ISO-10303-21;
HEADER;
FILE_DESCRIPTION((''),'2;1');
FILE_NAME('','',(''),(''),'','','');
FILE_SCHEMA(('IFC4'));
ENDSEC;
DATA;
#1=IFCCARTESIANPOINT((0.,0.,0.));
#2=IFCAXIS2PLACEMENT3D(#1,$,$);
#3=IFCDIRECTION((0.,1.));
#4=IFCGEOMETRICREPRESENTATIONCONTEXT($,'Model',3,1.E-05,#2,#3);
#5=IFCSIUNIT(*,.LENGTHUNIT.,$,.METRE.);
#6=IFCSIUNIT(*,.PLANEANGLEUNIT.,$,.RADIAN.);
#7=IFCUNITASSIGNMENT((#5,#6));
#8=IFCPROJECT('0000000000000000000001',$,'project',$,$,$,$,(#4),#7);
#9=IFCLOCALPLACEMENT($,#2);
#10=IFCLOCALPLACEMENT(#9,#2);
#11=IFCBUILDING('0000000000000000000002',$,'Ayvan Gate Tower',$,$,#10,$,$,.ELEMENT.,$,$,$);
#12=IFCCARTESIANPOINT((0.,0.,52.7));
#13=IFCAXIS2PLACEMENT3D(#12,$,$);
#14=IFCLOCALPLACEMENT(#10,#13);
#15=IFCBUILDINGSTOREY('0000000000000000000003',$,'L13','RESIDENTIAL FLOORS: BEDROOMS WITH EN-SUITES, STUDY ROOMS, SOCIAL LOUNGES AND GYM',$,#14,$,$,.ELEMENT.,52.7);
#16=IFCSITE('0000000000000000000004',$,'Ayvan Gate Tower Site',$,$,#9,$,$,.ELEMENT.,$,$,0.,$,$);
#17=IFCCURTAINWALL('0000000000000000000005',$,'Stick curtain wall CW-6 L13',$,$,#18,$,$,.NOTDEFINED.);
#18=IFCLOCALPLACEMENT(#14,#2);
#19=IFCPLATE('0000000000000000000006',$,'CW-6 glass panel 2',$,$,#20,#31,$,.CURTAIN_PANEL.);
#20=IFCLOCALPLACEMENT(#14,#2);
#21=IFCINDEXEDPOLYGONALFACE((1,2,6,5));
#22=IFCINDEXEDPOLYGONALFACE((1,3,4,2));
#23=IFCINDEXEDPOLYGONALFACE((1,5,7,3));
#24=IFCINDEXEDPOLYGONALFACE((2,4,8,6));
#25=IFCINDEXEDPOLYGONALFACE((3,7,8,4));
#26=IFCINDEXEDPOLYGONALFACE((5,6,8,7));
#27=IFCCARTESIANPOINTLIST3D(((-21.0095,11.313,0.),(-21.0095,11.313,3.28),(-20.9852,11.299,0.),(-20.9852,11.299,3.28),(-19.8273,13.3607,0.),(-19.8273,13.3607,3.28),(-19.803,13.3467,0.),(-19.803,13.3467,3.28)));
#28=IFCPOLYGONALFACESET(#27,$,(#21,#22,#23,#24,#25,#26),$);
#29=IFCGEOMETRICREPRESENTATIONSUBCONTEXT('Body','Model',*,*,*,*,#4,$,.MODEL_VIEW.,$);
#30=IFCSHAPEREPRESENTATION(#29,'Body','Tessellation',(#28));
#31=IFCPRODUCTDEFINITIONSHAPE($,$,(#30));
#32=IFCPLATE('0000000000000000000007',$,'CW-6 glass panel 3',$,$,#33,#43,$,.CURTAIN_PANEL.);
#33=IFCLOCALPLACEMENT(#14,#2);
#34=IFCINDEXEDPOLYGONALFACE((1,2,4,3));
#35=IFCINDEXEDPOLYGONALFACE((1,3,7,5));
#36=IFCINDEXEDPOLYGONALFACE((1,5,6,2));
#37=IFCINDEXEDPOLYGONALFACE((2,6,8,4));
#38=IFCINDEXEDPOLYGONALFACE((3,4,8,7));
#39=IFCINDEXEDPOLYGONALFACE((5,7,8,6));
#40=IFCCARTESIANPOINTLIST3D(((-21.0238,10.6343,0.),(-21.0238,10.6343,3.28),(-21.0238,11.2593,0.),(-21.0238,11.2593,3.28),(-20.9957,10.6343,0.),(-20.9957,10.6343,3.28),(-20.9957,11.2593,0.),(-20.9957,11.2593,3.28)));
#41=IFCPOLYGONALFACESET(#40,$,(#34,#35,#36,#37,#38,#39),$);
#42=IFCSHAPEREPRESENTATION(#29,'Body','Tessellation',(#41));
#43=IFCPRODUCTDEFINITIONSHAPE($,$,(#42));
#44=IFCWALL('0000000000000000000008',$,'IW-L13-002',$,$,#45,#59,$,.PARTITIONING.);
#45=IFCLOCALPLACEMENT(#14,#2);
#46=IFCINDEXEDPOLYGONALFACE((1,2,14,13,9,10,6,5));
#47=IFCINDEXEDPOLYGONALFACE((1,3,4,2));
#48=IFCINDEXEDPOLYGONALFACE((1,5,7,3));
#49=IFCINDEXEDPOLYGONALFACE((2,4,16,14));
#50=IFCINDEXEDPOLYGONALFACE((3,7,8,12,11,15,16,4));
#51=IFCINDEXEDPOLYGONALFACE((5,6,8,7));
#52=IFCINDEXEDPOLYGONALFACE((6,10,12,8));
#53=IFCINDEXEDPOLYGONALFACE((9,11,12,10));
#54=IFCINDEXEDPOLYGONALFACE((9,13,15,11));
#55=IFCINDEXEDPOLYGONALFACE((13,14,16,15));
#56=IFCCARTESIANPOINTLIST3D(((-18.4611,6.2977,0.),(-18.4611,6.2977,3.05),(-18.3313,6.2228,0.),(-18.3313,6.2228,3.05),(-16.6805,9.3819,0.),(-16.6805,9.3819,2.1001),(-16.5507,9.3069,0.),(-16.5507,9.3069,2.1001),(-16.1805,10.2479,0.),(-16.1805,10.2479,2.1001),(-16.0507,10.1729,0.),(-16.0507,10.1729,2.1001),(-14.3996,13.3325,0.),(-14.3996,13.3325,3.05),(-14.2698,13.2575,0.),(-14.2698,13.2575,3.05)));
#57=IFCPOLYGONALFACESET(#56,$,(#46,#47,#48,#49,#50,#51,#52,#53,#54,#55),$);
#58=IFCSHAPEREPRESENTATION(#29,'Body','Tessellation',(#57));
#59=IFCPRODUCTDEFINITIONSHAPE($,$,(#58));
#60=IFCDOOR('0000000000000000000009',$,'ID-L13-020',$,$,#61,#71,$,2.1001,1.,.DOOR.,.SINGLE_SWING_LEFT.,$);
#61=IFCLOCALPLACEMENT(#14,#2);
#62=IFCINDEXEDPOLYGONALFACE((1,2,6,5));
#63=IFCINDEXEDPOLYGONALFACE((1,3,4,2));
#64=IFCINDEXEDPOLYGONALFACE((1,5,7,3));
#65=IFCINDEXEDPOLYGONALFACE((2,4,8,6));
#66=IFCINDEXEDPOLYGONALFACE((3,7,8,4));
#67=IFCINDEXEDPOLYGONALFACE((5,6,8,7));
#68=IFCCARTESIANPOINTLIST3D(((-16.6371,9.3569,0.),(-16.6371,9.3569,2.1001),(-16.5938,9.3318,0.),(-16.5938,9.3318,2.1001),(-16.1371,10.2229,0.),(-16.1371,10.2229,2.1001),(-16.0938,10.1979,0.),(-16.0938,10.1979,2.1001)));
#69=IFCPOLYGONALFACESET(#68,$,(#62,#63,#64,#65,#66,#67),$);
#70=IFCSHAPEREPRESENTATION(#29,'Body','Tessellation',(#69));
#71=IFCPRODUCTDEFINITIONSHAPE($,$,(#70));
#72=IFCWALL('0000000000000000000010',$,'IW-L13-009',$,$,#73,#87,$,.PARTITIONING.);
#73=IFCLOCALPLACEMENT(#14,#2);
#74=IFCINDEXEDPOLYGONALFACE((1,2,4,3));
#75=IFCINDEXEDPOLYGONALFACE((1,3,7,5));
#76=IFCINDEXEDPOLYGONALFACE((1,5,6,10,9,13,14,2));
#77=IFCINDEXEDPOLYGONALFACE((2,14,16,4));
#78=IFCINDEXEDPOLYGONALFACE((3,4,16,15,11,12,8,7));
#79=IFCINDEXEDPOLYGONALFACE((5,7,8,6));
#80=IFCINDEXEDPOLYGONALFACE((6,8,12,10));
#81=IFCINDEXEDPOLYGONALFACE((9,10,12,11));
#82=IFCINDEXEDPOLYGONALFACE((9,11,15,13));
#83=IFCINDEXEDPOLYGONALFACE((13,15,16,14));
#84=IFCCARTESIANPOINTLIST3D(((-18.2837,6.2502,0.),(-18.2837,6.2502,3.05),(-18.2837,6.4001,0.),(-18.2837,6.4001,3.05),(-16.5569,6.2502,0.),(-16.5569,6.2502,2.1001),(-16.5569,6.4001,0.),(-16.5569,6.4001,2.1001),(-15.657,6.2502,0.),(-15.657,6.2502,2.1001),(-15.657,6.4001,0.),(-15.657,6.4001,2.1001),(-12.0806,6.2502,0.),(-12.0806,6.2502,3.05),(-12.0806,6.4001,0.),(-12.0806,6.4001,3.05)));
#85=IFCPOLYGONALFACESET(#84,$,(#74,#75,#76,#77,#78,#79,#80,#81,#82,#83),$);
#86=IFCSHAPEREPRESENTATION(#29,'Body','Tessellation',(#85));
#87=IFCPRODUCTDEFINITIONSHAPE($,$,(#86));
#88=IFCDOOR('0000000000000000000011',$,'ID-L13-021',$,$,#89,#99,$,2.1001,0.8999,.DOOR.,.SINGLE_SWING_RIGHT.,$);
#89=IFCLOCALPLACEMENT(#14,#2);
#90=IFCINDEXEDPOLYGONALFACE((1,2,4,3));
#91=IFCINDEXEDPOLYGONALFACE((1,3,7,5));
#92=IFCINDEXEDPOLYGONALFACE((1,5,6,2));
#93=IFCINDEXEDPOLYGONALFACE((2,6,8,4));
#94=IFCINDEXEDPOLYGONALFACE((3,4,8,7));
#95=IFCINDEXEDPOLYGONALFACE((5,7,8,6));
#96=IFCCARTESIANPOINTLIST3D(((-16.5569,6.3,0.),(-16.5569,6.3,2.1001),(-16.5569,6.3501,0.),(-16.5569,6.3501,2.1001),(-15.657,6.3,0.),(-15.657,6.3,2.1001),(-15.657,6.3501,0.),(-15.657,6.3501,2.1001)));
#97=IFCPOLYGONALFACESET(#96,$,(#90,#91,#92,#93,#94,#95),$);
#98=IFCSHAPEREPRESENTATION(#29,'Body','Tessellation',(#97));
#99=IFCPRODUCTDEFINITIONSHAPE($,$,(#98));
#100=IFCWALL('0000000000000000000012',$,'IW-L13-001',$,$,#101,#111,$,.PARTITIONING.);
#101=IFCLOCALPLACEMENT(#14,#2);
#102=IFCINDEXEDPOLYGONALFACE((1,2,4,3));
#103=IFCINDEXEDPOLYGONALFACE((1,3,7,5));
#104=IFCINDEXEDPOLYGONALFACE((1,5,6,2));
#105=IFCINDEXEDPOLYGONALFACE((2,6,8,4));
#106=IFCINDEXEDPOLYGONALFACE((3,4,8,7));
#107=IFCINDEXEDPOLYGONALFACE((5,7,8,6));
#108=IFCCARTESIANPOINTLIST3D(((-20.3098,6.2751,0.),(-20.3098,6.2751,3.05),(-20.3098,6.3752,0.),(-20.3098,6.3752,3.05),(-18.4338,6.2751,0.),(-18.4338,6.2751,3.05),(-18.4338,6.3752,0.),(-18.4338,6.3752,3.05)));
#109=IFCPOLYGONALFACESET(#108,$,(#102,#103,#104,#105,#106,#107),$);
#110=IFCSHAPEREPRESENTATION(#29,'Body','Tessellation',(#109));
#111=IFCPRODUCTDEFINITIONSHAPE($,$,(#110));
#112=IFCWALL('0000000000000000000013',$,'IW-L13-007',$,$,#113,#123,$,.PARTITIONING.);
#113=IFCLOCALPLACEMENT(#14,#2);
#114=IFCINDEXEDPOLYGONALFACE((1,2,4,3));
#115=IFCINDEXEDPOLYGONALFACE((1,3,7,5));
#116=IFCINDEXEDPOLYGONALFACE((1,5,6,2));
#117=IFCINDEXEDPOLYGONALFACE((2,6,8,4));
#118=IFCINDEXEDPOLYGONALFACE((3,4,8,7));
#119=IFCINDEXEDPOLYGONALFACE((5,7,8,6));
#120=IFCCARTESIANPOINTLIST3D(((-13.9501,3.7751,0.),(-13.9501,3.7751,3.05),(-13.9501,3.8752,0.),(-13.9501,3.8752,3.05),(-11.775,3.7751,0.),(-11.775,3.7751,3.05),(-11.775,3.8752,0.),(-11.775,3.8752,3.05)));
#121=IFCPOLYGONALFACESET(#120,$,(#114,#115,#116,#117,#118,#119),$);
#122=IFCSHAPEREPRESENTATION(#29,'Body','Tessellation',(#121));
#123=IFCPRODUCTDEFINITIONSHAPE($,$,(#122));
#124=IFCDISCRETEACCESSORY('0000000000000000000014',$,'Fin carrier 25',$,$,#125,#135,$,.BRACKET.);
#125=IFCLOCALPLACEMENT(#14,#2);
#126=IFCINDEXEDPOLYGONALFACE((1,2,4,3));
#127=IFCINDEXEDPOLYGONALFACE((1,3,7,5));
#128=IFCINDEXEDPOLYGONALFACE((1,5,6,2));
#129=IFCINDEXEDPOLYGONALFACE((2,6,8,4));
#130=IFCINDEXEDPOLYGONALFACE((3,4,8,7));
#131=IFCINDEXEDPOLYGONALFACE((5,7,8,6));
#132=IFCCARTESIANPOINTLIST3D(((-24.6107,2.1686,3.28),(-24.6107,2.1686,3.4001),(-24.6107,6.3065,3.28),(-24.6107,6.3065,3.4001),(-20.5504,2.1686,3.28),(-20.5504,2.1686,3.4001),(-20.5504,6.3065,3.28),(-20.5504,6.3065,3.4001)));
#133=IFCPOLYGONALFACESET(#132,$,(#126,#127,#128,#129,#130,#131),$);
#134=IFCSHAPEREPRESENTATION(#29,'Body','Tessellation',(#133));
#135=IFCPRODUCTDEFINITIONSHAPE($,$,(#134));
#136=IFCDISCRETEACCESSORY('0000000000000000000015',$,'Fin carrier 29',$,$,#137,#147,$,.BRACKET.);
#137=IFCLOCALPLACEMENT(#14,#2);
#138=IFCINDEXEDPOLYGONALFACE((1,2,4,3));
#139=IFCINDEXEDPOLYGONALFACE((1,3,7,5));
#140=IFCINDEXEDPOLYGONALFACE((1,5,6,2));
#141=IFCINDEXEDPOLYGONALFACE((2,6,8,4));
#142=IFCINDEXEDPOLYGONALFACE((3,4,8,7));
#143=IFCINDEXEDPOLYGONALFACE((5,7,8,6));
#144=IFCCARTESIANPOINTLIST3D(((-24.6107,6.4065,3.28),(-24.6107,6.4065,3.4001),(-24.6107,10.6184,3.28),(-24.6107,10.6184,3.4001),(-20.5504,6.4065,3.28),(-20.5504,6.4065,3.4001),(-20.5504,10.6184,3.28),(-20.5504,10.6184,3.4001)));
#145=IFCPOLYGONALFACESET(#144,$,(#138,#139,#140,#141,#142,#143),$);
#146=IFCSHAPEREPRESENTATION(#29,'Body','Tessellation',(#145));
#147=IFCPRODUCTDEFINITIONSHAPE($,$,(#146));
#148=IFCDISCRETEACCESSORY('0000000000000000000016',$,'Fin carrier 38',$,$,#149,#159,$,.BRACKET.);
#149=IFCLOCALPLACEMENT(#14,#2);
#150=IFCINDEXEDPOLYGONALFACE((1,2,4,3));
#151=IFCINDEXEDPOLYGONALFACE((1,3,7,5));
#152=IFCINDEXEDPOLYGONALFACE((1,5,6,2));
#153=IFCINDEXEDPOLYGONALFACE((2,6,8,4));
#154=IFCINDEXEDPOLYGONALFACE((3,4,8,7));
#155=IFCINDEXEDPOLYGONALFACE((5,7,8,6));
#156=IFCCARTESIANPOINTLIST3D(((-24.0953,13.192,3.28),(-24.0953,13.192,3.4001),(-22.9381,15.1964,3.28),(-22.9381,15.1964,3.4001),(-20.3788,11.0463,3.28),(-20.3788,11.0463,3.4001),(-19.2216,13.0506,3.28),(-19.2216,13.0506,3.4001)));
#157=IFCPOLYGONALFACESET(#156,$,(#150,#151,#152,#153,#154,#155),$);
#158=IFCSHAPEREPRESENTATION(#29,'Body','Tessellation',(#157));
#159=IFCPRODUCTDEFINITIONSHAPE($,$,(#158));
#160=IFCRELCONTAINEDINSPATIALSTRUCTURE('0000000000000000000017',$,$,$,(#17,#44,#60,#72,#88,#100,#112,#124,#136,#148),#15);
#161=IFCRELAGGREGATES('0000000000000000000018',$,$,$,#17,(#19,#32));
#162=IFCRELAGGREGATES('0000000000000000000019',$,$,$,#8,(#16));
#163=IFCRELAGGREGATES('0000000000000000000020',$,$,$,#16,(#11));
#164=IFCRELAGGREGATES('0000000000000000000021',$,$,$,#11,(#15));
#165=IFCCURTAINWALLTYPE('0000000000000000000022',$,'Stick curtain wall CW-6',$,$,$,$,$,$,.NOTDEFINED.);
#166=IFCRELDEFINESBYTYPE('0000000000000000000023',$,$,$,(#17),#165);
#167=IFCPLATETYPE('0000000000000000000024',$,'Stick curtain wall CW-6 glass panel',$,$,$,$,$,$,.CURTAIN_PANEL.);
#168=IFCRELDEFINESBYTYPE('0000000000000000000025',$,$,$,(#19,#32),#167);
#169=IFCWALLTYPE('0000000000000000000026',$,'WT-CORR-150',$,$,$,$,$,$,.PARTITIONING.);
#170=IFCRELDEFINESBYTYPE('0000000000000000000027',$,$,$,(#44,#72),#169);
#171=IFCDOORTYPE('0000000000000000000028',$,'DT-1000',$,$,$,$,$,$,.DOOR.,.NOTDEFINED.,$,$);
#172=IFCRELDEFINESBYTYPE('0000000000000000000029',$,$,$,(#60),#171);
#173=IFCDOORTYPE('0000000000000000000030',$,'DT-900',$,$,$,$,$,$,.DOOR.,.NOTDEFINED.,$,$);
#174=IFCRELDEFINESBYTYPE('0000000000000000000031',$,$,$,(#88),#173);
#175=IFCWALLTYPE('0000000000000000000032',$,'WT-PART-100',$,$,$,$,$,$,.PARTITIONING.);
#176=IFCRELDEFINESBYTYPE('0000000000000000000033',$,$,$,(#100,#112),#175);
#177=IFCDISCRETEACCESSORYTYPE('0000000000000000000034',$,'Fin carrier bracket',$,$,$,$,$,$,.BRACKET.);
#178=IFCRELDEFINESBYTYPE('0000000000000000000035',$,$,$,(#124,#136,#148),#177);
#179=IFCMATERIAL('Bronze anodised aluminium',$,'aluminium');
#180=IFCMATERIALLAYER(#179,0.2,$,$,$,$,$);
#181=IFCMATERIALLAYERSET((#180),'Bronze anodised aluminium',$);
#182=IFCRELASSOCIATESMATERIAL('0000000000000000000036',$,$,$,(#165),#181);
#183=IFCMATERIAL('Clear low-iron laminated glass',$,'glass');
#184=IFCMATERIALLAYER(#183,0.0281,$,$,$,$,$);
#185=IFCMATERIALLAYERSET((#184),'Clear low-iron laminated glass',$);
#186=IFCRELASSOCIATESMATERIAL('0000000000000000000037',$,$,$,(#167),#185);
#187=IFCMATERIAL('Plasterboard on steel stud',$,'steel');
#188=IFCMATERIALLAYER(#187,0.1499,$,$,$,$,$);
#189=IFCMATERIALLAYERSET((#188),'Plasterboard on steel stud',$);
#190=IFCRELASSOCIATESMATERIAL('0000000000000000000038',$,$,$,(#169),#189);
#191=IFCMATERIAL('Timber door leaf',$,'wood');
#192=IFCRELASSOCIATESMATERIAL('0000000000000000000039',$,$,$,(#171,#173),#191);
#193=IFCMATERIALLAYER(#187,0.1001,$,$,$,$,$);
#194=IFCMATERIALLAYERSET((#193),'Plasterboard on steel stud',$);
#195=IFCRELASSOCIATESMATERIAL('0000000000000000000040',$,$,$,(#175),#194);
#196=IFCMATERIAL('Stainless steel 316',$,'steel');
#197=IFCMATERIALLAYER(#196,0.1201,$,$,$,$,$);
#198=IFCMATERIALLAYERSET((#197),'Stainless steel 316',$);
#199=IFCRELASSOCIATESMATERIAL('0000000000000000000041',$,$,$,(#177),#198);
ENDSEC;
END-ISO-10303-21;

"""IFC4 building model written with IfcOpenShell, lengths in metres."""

from ifc_helpers import new_model, si_unit, direction, frame, frame_2d, origin, origin_2d, place, context, subcontext, project, spatial, rectangle, extrude, material, layer, layer_set, type_object, element, fill, aggregate, save


model = new_model("IFC4")

# Units and contexts
model_context = context("Model", 3, precision=1e-05, world=origin(), true_north=direction((0.0, 1.0)))
body_context = subcontext(model_context, "Body", "Model", "MODEL_VIEW")
ifc_project = project(units=[si_unit("LENGTHUNIT", "METRE"), si_unit("PLANEANGLEUNIT", "RADIAN")], contexts=[model_context])

# Site, building, storey
site_placement = place(None, origin())
site = spatial("IfcSite", under=ifc_project, at=site_placement, Name="Ayvan Gate Tower Site", CompositionType="ELEMENT", RefElevation=0.0)
building_placement = place(site_placement, origin())
building = spatial("IfcBuilding", under=site, at=building_placement, Name="Ayvan Gate Tower", CompositionType="ELEMENT")
storey_placement = place(building_placement, frame((0.0, 0.0, 52.7)))
storey = spatial("IfcBuildingStorey", under=building, at=storey_placement, Name="L13", Description="RESIDENTIAL FLOORS: BEDROOMS WITH EN-SUITES, STUDY ROOMS, SOCIAL LOUNGES AND GYM", CompositionType="ELEMENT", Elevation=52.7)

# Curtain wall
ifc_material_1 = material(Name="Bronze anodised aluminium", Category="aluminium")
ifc_layer_1 = layer(ifc_material_1, 0.2)
ifc_layer_set_1 = layer_set([ifc_layer_1], Name="Bronze anodised aluminium")
curtain_wall_type_1 = type_object("IfcCurtainWallType", Name="Stick curtain wall CW-6", PredefinedType="NOTDEFINED", material=ifc_layer_set_1)
curtain_wall_1_placement = place(storey_placement, origin())
curtain_wall_1 = element("IfcCurtainWall", 1, at=curtain_wall_1_placement, inside=storey, type_object=curtain_wall_type_1, Name="Stick curtain wall CW-6 L13", PredefinedType="NOTDEFINED")

# Plates
ifc_material_2 = material(Name="Clear low-iron laminated glass", Category="glass")
ifc_layer_2 = layer(ifc_material_2, 0.0281)
ifc_layer_set_2 = layer_set([ifc_layer_2], Name="Clear low-iron laminated glass")
plate_type_1 = type_object("IfcPlateType", Name="Stick curtain wall CW-6 glass panel", PredefinedType="CURTAIN_PANEL", material=ifc_layer_set_2)
plate_1_placement = place(storey_placement, frame((-20.4062, 12.3298, 0.0), z_axis=(0.0, 0.0, 1.0), x_axis=(-0.5, -0.866025, 0.0)))
plate_1 = element("IfcPlate", 2, at=plate_1_placement, type_object=plate_type_1, Name="CW-6 glass panel 2", PredefinedType="CURTAIN_PANEL", context=body_context, shape_type="SweptSolid", body=[
    extrude(rectangle(XDim=2.3645, YDim=0.0281, at=origin_2d()), origin(), (0.0, 0.0, 1.0), 3.28),
])
plate_2_placement = place(storey_placement, frame((-21.0098, 10.9468, 0.0), z_axis=(0.0, 0.0, 1.0), x_axis=(0.0, -1.0, 0.0)))
plate_2 = element("IfcPlate", 3, at=plate_2_placement, type_object=plate_type_1, Name="CW-6 glass panel 3", PredefinedType="CURTAIN_PANEL", context=body_context, shape_type="SweptSolid", body=[
    extrude(rectangle(XDim=0.625, YDim=0.0281, at=origin_2d()), origin(), (0.0, 0.0, 1.0), 3.28),
])
aggregate(curtain_wall_1, [plate_1, plate_2])

# Walls, openings, doors
ifc_material_3 = material(Name="Plasterboard on steel stud", Category="steel")
ifc_layer_3 = layer(ifc_material_3, 0.1499)
ifc_layer_set_3 = layer_set([ifc_layer_3], Name="Plasterboard on steel stud")
wall_type_1 = type_object("IfcWallType", Name="WT-CORR-150", PredefinedType="PARTITIONING", material=ifc_layer_set_3)
wall_1_placement = place(storey_placement, frame((-18.3962, 6.2603, 0.0), z_axis=(0.0, 0.0, 1.0), x_axis=(0.500005, 0.866022, 0.0)))
wall_1 = element("IfcWall", 4, at=wall_1_placement, inside=storey, type_object=wall_type_1, Name="IW-L13-002", PredefinedType="PARTITIONING", context=body_context, shape_type="SweptSolid", body=[
    extrude(rectangle(XDim=8.123, YDim=0.1499, at=frame_2d((4.0615, 0.0))), origin(), (0.0, 0.0, 1.0), 3.05),
])
opening_1_placement = place(wall_1_placement, frame((3.5613, 0.0, 0.0)))
opening_1 = element("IfcOpeningElement", 5, at=opening_1_placement, cuts=wall_1, PredefinedType="OPENING", context=body_context, shape_type="SweptSolid", body=[
    extrude(rectangle(XDim=1.0, YDim=2.1001, at=frame_2d((0.5, 1.05))), frame((0.0, 0.085, 0.0), z_axis=(0.0, -1.0, 0.0), x_axis=(1.0, 0.0, 0.0)), (0.0, 0.0, 1.0), 0.1699),
])
ifc_material_4 = material(Name="Timber door leaf", Category="wood")
door_type_1 = type_object("IfcDoorType", Name="DT-1000", OperationType="NOTDEFINED", PredefinedType="DOOR", material=ifc_material_4)
door_1_placement = place(opening_1_placement, origin())
door_1 = element("IfcDoor", 6, at=door_1_placement, inside=storey, type_object=door_type_1, Name="ID-L13-020", OperationType="SINGLE_SWING_LEFT", OverallHeight=2.1001, OverallWidth=1.0, PredefinedType="DOOR", context=body_context, shape_type="SweptSolid", body=[
    extrude(rectangle(XDim=1.0, YDim=2.1001, at=frame_2d((0.5, 1.05))), frame((0.0, 0.0249, 0.0), z_axis=(0.0, -1.0, 0.0), x_axis=(1.0, 0.0, 0.0)), (0.0, 0.0, 1.0), 0.05),
])
fill(opening_1, door_1)
wall_2_placement = place(storey_placement, frame((-18.2837, 6.3252, 0.0), z_axis=(0.0, 0.0, 1.0), x_axis=(1.0, 0.0, 0.0)))
wall_2 = element("IfcWall", 7, at=wall_2_placement, inside=storey, type_object=wall_type_1, Name="IW-L13-009", PredefinedType="PARTITIONING", context=body_context, shape_type="SweptSolid", body=[
    extrude(rectangle(XDim=6.2031, YDim=0.1499, at=frame_2d((3.1016, 0.0))), origin(), (0.0, 0.0, 1.0), 3.05),
])
opening_2_placement = place(wall_2_placement, frame((1.7268, 0.0, 0.0)))
opening_2 = element("IfcOpeningElement", 8, at=opening_2_placement, cuts=wall_2, PredefinedType="OPENING", context=body_context, shape_type="SweptSolid", body=[
    extrude(rectangle(XDim=0.8999, YDim=2.1001, at=frame_2d((0.45, 1.05))), frame((0.0, 0.085, 0.0), z_axis=(0.0, -1.0, 0.0), x_axis=(1.0, 0.0, 0.0)), (0.0, 0.0, 1.0), 0.1699),
])
door_type_2 = type_object("IfcDoorType", Name="DT-900", OperationType="NOTDEFINED", PredefinedType="DOOR", material=ifc_material_4)
door_2_placement = place(opening_2_placement, origin())
door_2 = element("IfcDoor", 9, at=door_2_placement, inside=storey, type_object=door_type_2, Name="ID-L13-021", OperationType="SINGLE_SWING_RIGHT", OverallHeight=2.1001, OverallWidth=0.8999, PredefinedType="DOOR", context=body_context, shape_type="SweptSolid", body=[
    extrude(rectangle(XDim=0.8999, YDim=2.1001, at=frame_2d((0.45, 1.05))), frame((0.0, 0.0249, 0.0), z_axis=(0.0, -1.0, 0.0), x_axis=(1.0, 0.0, 0.0)), (0.0, 0.0, 1.0), 0.05),
])
fill(opening_2, door_2)

# Walls
ifc_layer_4 = layer(ifc_material_3, 0.1001)
ifc_layer_set_4 = layer_set([ifc_layer_4], Name="Plasterboard on steel stud")
wall_type_2 = type_object("IfcWallType", Name="WT-PART-100", PredefinedType="PARTITIONING", material=ifc_layer_set_4)
wall_3_placement = place(storey_placement, frame((-18.4338, 6.3252, 0.0), z_axis=(0.0, 0.0, 1.0), x_axis=(-1.0, 0.0, 0.0)))
element("IfcWall", 10, at=wall_3_placement, inside=storey, type_object=wall_type_2, Name="IW-L13-001", PredefinedType="PARTITIONING", context=body_context, shape_type="SweptSolid", body=[
    extrude(rectangle(XDim=1.876, YDim=0.1001, at=frame_2d((0.938, 0.0))), origin(), (0.0, 0.0, 1.0), 3.05),
])
wall_4_placement = place(storey_placement, frame((-13.95, 3.8252, 0.0), z_axis=(0.0, 0.0, 1.0), x_axis=(1.0, 0.0, 0.0)))
element("IfcWall", 11, at=wall_4_placement, inside=storey, type_object=wall_type_2, Name="IW-L13-007", PredefinedType="PARTITIONING", context=body_context, shape_type="SweptSolid", body=[
    extrude(rectangle(XDim=2.175, YDim=0.1001, at=frame_2d((1.0874, 0.0))), origin(), (0.0, 0.0, 1.0), 3.05),
])

# Discrete accessories
ifc_material_5 = material(Name="Stainless steel 316", Category="steel")
ifc_layer_5 = layer(ifc_material_5, 0.1201)
ifc_layer_set_5 = layer_set([ifc_layer_5], Name="Stainless steel 316")
discrete_accessory_type = type_object("IfcDiscreteAccessoryType", Name="Fin carrier bracket", PredefinedType="BRACKET", material=ifc_layer_set_5)
discrete_accessory_1_placement = place(storey_placement, frame((-22.5806, 4.2375, 3.28), z_axis=(0.0, 0.0, 1.0), x_axis=(0.0, -1.0, 0.0)))
element("IfcDiscreteAccessory", 12, at=discrete_accessory_1_placement, inside=storey, type_object=discrete_accessory_type, Name="Fin carrier 25", PredefinedType="BRACKET", context=body_context, shape_type="SweptSolid", body=[
    extrude(rectangle(XDim=4.1379, YDim=4.0603, at=origin_2d()), origin(), (0.0, 0.0, 1.0), 0.1201),
])
discrete_accessory_2_placement = place(storey_placement, frame((-22.5806, 8.5125, 3.28), z_axis=(0.0, 0.0, 1.0), x_axis=(0.0, -1.0, 0.0)))
element("IfcDiscreteAccessory", 13, at=discrete_accessory_2_placement, inside=storey, type_object=discrete_accessory_type, Name="Fin carrier 29", PredefinedType="BRACKET", context=body_context, shape_type="SweptSolid", body=[
    extrude(rectangle(XDim=4.2119, YDim=4.0603, at=origin_2d()), origin(), (0.0, 0.0, 1.0), 0.1201),
])
discrete_accessory_3_placement = place(storey_placement, frame((-21.6584, 13.1213, 3.28), z_axis=(0.0, 0.0, 1.0), x_axis=(-0.5, -0.866025, 0.0)))
element("IfcDiscreteAccessory", 14, at=discrete_accessory_3_placement, inside=storey, type_object=discrete_accessory_type, Name="Fin carrier 38", PredefinedType="BRACKET", context=body_context, shape_type="SweptSolid", body=[
    extrude(rectangle(XDim=2.3145, YDim=4.2915, at=origin_2d()), origin(), (0.0, 0.0, 1.0), 0.1201),
])

save(model, "model.ifc")
